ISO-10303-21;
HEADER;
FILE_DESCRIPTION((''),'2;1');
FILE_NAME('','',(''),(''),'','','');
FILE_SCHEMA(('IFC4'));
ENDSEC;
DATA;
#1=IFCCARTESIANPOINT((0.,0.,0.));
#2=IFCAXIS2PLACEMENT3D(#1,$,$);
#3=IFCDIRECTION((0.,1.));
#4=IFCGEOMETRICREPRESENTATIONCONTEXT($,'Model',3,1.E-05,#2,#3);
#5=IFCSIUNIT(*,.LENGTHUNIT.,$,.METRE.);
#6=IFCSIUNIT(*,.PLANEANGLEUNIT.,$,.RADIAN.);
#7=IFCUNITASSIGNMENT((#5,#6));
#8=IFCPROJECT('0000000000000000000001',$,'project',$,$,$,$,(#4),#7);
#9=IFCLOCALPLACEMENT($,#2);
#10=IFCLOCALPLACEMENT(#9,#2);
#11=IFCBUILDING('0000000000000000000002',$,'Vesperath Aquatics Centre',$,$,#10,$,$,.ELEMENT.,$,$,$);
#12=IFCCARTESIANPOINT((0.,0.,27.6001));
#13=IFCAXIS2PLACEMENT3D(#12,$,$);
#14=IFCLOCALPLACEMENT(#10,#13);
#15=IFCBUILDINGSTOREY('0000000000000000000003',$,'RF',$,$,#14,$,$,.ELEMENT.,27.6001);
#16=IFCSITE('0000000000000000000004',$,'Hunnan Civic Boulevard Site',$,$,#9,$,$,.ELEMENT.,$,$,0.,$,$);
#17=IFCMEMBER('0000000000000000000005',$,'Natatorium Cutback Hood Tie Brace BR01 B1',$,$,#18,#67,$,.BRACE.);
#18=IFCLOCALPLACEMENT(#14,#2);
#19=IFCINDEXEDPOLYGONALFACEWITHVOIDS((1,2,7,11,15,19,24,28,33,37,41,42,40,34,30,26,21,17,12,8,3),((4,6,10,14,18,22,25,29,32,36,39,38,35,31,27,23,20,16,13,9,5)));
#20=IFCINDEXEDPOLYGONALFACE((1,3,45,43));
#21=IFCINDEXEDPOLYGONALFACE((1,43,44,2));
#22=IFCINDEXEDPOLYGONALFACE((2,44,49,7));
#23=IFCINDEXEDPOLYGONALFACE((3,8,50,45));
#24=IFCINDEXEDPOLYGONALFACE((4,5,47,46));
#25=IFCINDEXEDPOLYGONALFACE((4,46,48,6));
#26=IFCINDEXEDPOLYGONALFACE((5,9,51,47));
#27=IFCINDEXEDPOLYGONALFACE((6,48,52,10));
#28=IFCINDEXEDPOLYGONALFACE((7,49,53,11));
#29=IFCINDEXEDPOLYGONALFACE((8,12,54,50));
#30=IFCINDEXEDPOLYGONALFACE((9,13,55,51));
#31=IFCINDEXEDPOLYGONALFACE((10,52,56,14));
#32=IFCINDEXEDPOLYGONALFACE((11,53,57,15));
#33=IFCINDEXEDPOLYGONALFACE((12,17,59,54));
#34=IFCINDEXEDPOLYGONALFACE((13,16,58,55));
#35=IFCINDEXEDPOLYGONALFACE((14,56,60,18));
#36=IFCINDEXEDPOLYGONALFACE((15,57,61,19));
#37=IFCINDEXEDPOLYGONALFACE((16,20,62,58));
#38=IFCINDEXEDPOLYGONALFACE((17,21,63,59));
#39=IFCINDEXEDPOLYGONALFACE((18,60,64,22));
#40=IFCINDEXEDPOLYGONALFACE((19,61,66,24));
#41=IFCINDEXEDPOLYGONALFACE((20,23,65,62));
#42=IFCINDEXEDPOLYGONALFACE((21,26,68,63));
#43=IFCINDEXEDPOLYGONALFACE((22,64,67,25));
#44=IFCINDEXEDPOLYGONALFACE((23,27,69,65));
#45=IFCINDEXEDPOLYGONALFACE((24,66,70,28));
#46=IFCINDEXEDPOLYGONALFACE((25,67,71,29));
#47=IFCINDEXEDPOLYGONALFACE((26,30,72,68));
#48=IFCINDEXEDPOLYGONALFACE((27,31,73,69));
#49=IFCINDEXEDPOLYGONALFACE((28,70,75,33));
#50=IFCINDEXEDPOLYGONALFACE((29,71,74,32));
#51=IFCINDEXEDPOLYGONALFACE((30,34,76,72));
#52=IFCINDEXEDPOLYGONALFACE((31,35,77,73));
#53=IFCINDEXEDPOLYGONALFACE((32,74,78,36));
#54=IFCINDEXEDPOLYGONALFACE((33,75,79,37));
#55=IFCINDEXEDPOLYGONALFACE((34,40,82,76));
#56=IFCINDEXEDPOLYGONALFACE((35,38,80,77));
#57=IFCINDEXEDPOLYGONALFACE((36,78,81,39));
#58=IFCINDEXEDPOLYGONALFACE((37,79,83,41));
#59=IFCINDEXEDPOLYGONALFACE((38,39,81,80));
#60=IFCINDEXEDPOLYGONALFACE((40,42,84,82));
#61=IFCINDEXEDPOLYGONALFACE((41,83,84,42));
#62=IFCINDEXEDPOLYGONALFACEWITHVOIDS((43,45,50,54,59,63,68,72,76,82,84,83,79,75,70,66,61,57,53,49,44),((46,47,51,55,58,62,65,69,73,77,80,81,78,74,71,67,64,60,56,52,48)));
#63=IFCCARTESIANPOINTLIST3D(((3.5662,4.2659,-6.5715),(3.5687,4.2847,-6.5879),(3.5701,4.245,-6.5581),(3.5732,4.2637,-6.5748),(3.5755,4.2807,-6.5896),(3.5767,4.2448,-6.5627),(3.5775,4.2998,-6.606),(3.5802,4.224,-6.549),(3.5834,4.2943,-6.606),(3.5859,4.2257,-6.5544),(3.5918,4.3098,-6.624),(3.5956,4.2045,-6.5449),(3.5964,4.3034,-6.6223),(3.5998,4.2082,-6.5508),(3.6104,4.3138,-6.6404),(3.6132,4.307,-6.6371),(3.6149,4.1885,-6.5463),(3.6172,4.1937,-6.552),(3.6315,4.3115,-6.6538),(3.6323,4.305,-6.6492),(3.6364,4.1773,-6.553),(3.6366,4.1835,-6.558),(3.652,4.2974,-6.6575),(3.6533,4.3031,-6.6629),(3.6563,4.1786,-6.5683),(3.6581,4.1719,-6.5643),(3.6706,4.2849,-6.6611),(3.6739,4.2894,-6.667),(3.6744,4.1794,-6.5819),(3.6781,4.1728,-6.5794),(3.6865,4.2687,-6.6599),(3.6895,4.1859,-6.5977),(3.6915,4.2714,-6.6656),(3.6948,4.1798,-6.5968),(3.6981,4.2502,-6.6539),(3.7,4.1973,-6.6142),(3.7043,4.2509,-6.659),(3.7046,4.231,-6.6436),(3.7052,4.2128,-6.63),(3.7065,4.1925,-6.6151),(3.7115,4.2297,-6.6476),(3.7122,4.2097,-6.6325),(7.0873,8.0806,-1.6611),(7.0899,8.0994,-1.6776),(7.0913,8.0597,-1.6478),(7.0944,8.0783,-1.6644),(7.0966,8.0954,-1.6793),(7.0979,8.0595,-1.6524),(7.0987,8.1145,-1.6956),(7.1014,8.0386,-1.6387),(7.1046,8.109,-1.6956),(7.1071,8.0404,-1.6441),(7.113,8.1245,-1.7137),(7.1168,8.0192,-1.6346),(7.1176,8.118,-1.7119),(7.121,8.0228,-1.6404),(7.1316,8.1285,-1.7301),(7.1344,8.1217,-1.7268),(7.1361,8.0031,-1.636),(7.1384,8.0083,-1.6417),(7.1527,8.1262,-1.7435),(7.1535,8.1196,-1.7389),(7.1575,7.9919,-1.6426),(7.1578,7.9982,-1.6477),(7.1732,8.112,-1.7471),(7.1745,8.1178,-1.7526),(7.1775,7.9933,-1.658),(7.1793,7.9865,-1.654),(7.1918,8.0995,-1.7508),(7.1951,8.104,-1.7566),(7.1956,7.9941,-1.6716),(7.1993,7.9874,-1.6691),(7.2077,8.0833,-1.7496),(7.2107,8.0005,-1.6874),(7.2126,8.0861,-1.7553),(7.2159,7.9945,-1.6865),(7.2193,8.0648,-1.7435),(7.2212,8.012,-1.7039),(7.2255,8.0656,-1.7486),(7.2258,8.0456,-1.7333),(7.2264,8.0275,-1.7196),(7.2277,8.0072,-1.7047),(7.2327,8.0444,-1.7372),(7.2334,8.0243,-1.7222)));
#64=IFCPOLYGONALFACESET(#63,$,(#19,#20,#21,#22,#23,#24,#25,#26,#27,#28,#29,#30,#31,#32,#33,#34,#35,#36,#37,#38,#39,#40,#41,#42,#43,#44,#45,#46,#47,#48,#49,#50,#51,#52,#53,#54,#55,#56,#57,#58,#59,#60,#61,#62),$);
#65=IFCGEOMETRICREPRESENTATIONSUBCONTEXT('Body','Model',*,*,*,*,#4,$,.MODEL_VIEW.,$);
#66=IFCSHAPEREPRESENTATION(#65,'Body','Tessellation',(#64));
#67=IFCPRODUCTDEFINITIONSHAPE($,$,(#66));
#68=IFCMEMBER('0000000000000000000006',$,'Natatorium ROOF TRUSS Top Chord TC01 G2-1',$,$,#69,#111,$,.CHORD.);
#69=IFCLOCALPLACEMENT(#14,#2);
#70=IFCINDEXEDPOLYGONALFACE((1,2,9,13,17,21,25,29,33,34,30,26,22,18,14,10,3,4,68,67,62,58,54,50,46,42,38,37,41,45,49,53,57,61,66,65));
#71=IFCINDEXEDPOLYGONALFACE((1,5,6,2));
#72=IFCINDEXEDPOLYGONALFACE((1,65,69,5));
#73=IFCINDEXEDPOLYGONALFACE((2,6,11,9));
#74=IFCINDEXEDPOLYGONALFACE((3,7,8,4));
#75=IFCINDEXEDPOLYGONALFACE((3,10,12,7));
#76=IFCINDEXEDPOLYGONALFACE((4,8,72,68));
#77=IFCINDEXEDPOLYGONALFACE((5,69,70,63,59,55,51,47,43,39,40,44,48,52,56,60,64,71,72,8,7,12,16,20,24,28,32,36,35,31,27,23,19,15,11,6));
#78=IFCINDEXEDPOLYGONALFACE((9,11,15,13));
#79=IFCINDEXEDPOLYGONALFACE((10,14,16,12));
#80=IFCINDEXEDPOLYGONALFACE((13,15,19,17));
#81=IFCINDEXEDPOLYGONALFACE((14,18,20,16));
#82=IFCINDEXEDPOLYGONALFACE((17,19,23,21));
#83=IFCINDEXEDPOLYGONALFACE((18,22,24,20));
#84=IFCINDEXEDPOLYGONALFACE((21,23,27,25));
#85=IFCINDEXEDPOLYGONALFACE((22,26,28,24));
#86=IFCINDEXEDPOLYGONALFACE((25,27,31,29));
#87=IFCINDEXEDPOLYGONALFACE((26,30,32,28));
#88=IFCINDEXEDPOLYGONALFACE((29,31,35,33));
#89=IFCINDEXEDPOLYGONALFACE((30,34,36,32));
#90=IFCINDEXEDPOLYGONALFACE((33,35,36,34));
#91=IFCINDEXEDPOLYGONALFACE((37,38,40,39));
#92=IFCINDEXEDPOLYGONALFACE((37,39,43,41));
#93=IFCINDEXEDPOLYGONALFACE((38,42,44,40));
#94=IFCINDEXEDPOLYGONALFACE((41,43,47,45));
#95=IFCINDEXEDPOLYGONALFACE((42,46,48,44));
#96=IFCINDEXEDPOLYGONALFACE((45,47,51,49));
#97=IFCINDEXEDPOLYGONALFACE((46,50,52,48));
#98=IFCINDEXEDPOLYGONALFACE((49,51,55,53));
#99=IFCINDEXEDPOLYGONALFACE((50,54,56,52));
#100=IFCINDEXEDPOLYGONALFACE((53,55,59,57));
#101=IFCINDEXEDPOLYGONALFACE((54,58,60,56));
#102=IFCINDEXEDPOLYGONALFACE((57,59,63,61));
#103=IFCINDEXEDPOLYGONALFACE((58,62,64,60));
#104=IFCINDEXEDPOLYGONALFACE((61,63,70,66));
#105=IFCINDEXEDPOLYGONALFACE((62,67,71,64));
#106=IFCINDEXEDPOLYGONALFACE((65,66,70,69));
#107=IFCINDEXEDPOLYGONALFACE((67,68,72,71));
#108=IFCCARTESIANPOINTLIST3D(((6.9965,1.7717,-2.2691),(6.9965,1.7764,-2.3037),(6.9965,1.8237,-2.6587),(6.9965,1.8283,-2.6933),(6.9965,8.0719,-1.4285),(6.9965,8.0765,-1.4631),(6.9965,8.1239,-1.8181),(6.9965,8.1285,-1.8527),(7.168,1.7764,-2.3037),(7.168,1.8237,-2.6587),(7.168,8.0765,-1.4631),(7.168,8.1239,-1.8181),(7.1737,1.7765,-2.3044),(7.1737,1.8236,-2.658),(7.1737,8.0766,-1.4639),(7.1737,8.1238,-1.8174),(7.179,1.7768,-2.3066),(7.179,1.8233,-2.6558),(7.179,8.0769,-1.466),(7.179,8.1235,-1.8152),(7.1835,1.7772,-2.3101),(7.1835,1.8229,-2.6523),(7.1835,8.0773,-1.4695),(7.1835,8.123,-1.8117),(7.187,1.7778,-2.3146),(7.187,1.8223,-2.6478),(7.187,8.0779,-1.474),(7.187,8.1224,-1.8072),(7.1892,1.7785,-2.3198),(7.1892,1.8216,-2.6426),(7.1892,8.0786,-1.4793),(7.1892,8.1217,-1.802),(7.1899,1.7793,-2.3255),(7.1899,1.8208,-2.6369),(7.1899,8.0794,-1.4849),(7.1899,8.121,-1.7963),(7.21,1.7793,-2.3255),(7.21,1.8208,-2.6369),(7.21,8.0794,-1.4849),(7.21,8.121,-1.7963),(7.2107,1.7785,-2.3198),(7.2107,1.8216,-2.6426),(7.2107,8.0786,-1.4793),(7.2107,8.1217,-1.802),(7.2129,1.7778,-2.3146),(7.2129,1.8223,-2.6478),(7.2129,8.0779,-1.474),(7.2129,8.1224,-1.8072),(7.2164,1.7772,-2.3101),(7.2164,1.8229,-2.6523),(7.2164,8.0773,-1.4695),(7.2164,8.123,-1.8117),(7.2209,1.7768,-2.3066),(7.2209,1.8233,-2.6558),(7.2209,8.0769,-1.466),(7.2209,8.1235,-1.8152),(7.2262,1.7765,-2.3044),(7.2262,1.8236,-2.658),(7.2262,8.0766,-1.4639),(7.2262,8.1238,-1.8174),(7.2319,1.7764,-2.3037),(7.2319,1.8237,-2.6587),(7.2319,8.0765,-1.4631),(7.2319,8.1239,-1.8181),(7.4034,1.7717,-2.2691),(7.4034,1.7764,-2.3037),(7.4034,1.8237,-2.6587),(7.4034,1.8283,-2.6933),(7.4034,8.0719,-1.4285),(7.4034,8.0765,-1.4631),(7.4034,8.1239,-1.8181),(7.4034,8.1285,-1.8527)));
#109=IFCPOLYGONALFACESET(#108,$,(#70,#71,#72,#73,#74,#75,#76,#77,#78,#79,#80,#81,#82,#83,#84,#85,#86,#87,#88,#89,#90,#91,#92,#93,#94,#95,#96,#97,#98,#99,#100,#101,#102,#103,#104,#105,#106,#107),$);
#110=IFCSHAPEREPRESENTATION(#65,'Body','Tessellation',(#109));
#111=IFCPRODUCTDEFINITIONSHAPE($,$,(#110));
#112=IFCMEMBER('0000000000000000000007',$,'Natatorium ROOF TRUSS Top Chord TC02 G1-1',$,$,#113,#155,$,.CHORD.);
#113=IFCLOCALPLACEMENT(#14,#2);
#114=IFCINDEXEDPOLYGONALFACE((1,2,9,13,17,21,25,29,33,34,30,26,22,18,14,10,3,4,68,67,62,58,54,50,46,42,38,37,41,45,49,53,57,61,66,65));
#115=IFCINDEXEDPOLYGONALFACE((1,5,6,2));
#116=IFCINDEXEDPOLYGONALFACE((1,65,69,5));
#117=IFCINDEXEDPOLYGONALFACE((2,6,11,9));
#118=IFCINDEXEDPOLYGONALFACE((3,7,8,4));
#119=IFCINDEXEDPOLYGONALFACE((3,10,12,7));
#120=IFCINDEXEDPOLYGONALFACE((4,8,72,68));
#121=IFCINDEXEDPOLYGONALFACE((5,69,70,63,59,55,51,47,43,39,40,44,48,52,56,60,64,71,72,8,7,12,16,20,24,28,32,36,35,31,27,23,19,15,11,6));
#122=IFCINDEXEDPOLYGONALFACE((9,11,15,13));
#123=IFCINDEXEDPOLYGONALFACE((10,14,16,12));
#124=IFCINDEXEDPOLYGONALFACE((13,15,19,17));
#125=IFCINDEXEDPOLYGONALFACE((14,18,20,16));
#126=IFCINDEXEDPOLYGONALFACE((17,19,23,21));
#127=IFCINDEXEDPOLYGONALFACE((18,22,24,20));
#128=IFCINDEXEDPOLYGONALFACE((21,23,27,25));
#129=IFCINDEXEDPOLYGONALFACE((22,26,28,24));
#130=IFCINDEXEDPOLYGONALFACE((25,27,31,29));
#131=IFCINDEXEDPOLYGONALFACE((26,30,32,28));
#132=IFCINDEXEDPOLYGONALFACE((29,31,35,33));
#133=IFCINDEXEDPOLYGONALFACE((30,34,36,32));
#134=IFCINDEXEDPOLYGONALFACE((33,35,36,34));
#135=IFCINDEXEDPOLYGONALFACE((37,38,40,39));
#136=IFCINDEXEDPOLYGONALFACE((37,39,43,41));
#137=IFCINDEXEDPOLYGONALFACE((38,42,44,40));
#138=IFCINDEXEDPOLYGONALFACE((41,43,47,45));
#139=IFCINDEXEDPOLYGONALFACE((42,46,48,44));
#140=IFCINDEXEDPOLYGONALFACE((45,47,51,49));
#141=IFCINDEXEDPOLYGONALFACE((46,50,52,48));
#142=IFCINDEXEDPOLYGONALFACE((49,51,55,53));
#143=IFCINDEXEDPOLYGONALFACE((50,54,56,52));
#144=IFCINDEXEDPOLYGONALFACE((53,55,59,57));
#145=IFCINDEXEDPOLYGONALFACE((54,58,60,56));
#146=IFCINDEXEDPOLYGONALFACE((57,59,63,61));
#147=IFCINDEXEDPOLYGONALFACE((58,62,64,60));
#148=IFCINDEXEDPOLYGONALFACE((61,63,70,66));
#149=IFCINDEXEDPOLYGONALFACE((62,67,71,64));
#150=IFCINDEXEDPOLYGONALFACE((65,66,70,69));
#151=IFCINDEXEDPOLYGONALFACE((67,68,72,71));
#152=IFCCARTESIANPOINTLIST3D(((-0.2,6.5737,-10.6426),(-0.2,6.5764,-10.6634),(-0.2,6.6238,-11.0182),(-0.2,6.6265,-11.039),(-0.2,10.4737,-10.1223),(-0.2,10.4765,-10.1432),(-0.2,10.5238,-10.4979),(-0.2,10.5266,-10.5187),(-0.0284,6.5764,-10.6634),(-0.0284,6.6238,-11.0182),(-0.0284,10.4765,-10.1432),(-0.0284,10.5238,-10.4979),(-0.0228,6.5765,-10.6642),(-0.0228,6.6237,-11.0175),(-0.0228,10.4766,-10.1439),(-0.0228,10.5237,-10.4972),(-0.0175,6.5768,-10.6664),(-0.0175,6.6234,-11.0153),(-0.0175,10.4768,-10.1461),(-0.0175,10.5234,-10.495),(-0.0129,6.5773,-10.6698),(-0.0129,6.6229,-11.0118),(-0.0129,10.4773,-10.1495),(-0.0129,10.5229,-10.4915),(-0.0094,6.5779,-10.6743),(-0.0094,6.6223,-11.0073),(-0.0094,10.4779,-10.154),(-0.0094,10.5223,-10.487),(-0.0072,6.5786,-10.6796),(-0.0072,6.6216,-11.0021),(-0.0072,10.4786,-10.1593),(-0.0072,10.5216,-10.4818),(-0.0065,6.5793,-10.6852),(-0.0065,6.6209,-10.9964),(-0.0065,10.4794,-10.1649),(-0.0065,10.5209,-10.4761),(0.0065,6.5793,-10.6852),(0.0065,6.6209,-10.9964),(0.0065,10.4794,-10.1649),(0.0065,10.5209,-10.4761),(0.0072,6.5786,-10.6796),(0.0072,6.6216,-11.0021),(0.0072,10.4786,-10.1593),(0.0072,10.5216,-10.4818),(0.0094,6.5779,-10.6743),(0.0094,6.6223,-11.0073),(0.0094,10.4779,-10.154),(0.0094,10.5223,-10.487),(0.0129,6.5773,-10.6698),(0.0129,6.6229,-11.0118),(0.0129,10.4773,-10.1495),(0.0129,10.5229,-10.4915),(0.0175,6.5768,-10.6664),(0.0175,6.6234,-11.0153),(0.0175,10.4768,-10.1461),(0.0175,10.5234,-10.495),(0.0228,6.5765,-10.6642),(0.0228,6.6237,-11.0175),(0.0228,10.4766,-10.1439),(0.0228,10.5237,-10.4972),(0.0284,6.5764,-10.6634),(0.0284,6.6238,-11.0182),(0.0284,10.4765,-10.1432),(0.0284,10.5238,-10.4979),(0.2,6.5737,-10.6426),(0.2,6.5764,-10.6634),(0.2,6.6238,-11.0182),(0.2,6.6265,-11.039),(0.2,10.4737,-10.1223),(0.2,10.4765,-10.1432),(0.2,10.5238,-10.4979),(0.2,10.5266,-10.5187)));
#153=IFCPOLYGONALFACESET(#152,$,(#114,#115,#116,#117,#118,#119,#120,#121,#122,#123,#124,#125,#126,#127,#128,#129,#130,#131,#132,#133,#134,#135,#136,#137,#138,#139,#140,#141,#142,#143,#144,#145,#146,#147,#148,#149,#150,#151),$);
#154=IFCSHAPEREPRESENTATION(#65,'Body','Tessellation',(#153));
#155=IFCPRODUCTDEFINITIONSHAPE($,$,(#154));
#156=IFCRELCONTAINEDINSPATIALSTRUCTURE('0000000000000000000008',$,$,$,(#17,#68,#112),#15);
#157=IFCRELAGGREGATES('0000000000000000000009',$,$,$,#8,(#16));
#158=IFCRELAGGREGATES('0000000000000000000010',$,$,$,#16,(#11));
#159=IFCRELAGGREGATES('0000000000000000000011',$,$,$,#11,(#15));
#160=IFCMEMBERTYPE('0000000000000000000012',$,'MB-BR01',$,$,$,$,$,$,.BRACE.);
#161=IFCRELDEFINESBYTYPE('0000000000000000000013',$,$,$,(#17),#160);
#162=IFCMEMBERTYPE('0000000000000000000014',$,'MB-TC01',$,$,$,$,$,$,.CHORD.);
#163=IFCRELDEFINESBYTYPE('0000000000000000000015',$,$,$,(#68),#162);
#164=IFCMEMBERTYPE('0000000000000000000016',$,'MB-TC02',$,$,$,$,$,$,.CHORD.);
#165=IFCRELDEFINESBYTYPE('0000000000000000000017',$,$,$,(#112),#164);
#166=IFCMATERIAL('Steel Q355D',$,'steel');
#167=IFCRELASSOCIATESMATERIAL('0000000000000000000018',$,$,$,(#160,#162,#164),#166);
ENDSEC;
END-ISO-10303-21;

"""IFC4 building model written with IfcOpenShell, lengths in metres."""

from ifc_helpers import new_model, si_unit, direction, frame, origin, origin_2d, place, context, subcontext, project, spatial, hollow_circle, i_section, extrude, material, material_profile, profile_set, type_object, element, save


model = new_model("IFC4")

# Units and contexts
model_context = context("Model", 3, precision=1e-05, world=origin(), true_north=direction((0.0, 1.0)))
body_context = subcontext(model_context, "Body", "Model", "MODEL_VIEW")
ifc_project = project(units=[si_unit("LENGTHUNIT", "METRE"), si_unit("PLANEANGLEUNIT", "RADIAN")], contexts=[model_context])

# Site, building, storey
site_placement = place(None, origin())
site = spatial("IfcSite", under=ifc_project, at=site_placement, Name="Hunnan Civic Boulevard Site", CompositionType="ELEMENT", RefElevation=0.0)
building_placement = place(site_placement, origin())
building = spatial("IfcBuilding", under=site, at=building_placement, Name="Vesperath Aquatics Centre", CompositionType="ELEMENT")
storey_placement = place(building_placement, frame((0.0, 0.0, 27.6001)))
storey = spatial("IfcBuildingStorey", under=building, at=storey_placement, Name="RF", CompositionType="ELEMENT", Elevation=27.6001)

# Members
ifc_material_1 = material(Name="Steel Q355D", Category="steel")
ifc_material_profile_1 = material_profile(ifc_material_1, hollow_circle(Radius=0.0842, WallThickness=0.0081, at=origin_2d()), Name="CHS 168.3x8")
ifc_profile_set_1 = profile_set([ifc_material_profile_1], Name="Steel Q355D")
member_type_1 = type_object("IfcMemberType", Name="MB-BR01", PredefinedType="BRACE", material=ifc_profile_set_1)
member_1_placement = place(storey_placement, frame((3.6394, 4.2427, -6.606), z_axis=(0.492768, 0.533834, 0.687169), x_axis=(-0.734805, 0.678278, 0.0)))
element("IfcMember", 1, at=member_1_placement, inside=storey, type_object=member_type_1, Name="Natatorium Cutback Hood Tie Brace BR01 B1", PredefinedType="BRACE", context=body_context, shape_type="SweptSolid", body=[
    extrude(hollow_circle(Radius=0.0842, WallThickness=0.0081, at=origin_2d()), origin(), (0.0, 0.0, 1.0), 7.1458),
])
ifc_material_profile_2 = material_profile(ifc_material_1, i_section(OverallWidth=0.407, OverallDepth=0.428, WebThickness=0.02, FlangeThickness=0.0349, FilletRadius=0.022, at=origin_2d()), Name="HW 428x407x20x35")
ifc_profile_set_2 = profile_set([ifc_material_profile_2], Name="Steel Q355D")
member_type_2 = type_object("IfcMemberType", Name="MB-TC01", PredefinedType="CHORD", material=ifc_profile_set_2)
member_2_placement = place(storey_placement, frame((7.2, 1.8, -2.4812), z_axis=(0.0, 0.991216, 0.132252), x_axis=(-1.0, 0.0, 0.0)))
element("IfcMember", 2, at=member_2_placement, inside=storey, type_object=member_type_2, Name="Natatorium ROOF TRUSS Top Chord TC01 G2-1", PredefinedType="CHORD", context=body_context, shape_type="SweptSolid", body=[
    extrude(i_section(OverallWidth=0.407, OverallDepth=0.428, WebThickness=0.02, FlangeThickness=0.0349, FilletRadius=0.022, at=origin_2d()), origin(), (0.0, 0.0, 1.0), 6.356),
])
ifc_material_profile_3 = material_profile(ifc_material_1, i_section(OverallWidth=0.3999, OverallDepth=0.3999, WebThickness=0.0129, FlangeThickness=0.021, FilletRadius=0.022, at=origin_2d()), Name="HW 400x400x13x21")
ifc_profile_set_3 = profile_set([ifc_material_profile_3], Name="Steel Q355D")
member_type_3 = type_object("IfcMemberType", Name="MB-TC02", PredefinedType="CHORD", material=ifc_profile_set_3)
member_3_placement = place(storey_placement, frame((0.0, 6.6001, -10.8408), z_axis=(0.0, 0.991219, 0.132233), x_axis=(-1.0, 0.0, 0.0)))
element("IfcMember", 3, at=member_3_placement, inside=storey, type_object=member_type_3, Name="Natatorium ROOF TRUSS Top Chord TC02 G1-1", PredefinedType="CHORD", context=body_context, shape_type="SweptSolid", body=[
    extrude(i_section(OverallWidth=0.3999, OverallDepth=0.3999, WebThickness=0.0129, FlangeThickness=0.021, FilletRadius=0.022, at=origin_2d()), origin(), (0.0, 0.0, 1.0), 3.9346),
])

save(model, "model.ifc")
